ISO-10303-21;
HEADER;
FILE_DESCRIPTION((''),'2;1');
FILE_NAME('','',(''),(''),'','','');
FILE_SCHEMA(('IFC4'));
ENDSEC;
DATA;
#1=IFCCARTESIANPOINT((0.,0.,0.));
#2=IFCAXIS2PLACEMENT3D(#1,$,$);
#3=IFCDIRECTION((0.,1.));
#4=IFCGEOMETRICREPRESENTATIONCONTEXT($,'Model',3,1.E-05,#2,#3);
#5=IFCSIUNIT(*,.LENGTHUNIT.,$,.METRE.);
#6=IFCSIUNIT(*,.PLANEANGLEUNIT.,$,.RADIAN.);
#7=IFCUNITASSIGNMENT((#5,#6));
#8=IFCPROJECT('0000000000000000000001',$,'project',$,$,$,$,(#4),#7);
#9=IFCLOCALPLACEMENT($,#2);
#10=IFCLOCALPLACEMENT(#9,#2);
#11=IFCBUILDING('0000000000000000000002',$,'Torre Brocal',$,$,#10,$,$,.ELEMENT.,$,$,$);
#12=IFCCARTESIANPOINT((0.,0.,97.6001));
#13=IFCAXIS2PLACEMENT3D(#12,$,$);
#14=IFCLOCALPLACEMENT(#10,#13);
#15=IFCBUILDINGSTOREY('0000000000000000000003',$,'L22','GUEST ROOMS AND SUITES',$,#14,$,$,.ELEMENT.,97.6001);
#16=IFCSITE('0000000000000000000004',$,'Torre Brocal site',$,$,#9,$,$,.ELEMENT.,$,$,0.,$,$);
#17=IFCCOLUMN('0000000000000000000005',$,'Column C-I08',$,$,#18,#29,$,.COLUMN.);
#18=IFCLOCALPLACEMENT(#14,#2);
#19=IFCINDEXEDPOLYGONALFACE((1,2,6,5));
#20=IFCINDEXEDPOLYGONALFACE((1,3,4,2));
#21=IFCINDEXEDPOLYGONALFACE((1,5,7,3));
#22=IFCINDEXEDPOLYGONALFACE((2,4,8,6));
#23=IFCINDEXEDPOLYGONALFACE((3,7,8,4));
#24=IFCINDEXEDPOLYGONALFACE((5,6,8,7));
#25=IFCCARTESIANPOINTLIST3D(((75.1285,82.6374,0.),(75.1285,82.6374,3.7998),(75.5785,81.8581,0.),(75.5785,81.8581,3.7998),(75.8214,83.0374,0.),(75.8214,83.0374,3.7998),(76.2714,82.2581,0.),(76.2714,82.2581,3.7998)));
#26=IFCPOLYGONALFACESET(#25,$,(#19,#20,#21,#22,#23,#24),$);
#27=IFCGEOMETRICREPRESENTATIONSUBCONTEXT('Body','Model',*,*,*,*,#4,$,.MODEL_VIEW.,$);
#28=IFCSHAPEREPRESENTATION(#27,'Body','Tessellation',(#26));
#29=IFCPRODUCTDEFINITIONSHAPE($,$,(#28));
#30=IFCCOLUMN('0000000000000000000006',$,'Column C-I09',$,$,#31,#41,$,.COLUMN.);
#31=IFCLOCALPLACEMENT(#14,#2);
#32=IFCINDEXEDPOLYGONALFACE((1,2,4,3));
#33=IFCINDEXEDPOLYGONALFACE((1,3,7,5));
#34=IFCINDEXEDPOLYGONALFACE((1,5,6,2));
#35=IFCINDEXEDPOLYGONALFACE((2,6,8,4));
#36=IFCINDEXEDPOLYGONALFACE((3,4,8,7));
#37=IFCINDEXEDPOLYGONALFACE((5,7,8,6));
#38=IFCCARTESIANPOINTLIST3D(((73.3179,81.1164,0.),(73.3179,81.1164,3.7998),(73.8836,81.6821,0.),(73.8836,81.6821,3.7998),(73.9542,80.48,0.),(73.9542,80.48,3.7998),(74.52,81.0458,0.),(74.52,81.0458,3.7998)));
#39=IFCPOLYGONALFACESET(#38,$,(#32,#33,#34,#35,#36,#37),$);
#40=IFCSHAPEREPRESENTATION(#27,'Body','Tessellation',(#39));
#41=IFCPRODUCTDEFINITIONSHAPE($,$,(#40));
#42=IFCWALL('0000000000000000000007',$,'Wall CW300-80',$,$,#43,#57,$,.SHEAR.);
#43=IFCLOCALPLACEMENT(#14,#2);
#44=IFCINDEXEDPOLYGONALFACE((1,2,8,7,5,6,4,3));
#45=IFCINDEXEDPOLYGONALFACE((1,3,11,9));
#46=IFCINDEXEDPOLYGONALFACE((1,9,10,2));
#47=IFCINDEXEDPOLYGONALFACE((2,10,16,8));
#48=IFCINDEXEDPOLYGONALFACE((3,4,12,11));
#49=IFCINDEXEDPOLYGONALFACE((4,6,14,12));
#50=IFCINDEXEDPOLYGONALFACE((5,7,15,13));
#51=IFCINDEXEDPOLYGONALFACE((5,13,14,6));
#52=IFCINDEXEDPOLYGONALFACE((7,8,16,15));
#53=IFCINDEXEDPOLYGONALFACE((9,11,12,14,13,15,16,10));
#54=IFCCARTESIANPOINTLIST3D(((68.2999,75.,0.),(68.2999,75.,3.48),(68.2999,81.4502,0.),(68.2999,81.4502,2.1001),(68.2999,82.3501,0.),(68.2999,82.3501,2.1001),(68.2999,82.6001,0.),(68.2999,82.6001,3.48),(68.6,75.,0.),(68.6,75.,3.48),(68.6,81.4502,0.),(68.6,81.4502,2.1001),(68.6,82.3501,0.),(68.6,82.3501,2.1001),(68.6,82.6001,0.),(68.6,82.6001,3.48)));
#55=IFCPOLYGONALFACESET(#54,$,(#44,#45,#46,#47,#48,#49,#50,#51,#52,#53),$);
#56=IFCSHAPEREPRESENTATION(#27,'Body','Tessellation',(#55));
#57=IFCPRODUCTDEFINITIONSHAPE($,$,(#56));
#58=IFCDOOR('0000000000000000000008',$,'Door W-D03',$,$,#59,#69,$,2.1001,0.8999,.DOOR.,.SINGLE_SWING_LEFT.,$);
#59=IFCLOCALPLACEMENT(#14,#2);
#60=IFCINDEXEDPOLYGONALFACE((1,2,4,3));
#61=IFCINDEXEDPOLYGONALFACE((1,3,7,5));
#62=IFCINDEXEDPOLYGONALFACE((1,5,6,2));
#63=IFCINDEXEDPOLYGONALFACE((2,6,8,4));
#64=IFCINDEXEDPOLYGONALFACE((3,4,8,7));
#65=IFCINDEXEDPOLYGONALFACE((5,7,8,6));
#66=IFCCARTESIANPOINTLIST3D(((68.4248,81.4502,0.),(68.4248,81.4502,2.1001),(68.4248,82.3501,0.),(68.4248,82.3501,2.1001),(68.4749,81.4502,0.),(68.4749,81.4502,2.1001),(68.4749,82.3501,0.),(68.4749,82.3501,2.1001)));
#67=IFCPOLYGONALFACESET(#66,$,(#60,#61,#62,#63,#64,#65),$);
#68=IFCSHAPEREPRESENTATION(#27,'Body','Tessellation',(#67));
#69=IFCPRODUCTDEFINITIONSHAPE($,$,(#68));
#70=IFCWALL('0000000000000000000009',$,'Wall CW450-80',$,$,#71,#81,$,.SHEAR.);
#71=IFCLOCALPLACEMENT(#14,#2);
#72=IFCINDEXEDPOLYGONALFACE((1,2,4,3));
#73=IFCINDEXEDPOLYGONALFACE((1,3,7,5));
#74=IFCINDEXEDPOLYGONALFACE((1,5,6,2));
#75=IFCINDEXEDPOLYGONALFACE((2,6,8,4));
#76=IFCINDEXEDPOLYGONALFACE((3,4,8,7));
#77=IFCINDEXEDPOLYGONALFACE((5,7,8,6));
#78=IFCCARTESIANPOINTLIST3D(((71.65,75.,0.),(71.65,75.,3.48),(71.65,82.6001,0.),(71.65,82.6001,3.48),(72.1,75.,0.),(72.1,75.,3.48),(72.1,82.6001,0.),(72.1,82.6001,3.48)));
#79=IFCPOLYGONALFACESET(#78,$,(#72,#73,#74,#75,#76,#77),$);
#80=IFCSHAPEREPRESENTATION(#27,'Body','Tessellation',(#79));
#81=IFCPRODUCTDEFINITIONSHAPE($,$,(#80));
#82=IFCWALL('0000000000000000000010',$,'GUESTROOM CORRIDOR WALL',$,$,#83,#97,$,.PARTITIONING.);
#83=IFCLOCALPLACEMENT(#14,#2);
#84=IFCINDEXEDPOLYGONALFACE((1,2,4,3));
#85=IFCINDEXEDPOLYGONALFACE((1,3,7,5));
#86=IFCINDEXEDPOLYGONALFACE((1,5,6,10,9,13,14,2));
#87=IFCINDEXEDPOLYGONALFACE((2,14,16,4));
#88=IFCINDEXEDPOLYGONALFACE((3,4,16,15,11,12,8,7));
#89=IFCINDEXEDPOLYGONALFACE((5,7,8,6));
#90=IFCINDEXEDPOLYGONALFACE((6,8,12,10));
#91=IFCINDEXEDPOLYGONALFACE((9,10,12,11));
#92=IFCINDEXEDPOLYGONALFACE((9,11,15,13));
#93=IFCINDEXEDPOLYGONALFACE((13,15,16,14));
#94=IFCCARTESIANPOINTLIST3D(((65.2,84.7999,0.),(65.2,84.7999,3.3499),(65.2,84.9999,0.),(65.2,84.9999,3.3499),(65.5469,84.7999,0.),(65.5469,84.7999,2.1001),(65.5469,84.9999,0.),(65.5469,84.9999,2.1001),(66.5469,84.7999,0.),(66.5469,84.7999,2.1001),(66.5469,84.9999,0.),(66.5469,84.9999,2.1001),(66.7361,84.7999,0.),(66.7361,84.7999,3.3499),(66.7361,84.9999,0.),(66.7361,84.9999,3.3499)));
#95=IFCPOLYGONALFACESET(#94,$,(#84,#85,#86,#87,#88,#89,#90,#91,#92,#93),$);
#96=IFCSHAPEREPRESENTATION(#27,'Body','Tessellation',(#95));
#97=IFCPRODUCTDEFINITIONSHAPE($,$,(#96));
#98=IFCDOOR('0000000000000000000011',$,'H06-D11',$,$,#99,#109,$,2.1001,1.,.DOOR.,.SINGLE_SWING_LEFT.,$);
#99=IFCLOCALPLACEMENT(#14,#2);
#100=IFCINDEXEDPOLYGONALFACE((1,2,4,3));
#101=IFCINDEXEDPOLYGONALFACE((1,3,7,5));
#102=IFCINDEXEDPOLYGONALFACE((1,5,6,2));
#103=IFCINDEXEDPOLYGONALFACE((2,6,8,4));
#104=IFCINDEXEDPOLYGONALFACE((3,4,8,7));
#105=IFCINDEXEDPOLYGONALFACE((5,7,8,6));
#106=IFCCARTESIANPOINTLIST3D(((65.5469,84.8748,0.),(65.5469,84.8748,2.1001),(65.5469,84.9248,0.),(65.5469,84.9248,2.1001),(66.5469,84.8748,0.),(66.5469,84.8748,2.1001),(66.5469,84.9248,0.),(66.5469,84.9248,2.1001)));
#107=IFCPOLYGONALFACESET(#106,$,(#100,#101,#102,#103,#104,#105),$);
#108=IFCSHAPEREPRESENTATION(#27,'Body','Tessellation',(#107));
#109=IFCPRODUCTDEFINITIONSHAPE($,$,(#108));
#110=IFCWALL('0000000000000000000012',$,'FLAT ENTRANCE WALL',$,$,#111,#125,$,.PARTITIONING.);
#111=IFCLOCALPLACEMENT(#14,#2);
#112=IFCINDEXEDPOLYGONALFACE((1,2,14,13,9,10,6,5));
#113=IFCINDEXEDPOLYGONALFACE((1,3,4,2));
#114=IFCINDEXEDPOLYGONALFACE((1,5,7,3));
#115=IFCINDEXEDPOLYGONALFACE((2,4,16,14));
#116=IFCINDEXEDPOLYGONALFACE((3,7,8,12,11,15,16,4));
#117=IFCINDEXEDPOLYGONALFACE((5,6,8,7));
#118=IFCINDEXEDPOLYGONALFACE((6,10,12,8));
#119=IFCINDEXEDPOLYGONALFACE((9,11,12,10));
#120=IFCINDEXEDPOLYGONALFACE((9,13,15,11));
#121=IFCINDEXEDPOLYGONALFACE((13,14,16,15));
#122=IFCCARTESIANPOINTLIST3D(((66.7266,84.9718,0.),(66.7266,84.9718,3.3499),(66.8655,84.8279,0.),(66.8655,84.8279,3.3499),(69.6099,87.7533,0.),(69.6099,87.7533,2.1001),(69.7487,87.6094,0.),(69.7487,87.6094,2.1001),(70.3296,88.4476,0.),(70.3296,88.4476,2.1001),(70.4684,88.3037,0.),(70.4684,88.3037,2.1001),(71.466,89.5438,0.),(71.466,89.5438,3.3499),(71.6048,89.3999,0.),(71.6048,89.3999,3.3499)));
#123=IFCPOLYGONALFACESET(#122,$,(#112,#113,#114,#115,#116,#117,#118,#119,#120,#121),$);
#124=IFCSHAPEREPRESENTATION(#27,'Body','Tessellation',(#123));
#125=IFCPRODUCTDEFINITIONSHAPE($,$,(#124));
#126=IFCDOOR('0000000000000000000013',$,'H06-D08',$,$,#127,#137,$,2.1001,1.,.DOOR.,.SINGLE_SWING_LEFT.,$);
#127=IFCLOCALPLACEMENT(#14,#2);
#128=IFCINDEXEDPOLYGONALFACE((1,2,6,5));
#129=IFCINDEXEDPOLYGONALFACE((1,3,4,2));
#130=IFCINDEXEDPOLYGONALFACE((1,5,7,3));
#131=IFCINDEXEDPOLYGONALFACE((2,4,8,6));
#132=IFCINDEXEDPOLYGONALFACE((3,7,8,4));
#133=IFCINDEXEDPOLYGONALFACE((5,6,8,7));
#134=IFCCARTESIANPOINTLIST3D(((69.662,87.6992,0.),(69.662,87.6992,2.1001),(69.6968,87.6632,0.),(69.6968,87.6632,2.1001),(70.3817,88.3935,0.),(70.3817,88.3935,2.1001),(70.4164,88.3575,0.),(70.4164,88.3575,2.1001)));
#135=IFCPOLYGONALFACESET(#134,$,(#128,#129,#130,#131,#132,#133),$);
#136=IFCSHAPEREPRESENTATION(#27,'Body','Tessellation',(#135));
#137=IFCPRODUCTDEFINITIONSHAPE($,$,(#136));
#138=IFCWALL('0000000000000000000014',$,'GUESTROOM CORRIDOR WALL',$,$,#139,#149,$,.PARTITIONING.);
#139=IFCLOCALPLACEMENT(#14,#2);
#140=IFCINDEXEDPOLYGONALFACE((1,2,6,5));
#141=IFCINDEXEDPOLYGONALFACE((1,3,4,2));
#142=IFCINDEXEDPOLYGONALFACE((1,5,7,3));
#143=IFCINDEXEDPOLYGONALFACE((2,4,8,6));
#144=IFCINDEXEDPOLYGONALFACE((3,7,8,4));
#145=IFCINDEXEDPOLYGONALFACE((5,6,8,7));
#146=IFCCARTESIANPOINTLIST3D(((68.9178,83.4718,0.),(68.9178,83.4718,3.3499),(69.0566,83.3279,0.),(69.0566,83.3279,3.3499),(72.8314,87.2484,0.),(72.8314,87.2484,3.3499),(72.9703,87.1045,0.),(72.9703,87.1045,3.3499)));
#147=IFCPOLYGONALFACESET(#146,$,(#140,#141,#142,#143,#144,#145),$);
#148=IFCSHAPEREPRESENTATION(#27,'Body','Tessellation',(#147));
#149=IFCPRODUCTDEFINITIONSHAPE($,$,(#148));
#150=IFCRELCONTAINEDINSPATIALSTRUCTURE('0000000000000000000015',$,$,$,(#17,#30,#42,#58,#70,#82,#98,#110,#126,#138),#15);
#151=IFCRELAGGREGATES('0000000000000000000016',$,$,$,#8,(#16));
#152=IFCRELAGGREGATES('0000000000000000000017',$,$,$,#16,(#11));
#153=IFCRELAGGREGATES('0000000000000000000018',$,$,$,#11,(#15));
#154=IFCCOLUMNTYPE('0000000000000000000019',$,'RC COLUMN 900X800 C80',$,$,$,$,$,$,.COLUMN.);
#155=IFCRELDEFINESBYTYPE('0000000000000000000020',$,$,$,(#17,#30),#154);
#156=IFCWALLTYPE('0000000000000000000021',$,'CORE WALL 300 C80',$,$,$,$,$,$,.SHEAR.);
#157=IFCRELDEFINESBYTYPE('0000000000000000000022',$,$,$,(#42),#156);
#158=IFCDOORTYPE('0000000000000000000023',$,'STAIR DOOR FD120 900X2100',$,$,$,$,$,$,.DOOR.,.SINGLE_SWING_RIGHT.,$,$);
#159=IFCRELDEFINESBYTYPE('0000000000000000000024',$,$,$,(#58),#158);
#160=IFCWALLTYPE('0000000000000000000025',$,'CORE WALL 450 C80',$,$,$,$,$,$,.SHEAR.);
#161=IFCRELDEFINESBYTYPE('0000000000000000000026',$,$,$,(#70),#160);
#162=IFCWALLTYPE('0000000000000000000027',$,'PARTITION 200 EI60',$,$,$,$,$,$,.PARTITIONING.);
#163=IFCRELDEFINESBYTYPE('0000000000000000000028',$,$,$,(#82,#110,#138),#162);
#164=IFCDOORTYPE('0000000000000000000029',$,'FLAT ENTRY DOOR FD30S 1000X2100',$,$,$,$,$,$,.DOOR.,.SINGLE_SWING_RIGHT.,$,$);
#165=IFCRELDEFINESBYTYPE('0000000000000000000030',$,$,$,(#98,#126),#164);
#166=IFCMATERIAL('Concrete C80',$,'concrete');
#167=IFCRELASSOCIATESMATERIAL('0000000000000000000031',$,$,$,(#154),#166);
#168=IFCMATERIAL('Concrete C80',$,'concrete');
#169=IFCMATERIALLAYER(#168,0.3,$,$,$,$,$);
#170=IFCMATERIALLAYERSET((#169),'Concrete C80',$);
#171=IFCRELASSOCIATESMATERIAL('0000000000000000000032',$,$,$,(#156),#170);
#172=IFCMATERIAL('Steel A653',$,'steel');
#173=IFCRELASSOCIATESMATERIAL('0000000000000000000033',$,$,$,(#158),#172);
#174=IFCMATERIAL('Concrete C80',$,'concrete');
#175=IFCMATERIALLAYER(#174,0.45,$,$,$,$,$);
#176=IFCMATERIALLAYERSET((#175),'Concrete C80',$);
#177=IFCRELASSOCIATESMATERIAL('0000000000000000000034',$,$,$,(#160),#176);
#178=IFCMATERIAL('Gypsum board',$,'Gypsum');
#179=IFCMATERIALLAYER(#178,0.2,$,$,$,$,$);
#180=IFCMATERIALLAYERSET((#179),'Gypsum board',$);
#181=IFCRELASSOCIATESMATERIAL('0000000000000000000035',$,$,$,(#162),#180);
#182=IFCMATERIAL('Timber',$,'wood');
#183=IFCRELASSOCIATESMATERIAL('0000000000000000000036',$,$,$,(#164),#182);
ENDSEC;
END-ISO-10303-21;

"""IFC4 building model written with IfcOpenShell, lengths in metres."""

from ifc_helpers import new_model, si_unit, direction, frame, frame_2d, origin, origin_2d, place, context, subcontext, project, spatial, rectangle, extrude, material, layer, layer_set, material_profile, profile_set, type_object, element, fill, save


model = new_model("IFC4")

# Units and contexts
model_context = context("Model", 3, precision=1e-05, world=origin(), true_north=direction((0.0, 1.0)))
body_context = subcontext(model_context, "Body", "Model", "MODEL_VIEW")
ifc_project = project(units=[si_unit("LENGTHUNIT", "METRE"), si_unit("PLANEANGLEUNIT", "RADIAN")], contexts=[model_context])

# Site, building, storey
site_placement = place(None, origin())
site = spatial("IfcSite", under=ifc_project, at=site_placement, Name="Torre Brocal site", CompositionType="ELEMENT", RefElevation=0.0)
building_placement = place(site_placement, origin())
building = spatial("IfcBuilding", under=site, at=building_placement, Name="Torre Brocal", CompositionType="ELEMENT")
storey_placement = place(building_placement, frame((0.0, 0.0, 97.6001)))
storey = spatial("IfcBuildingStorey", under=building, at=storey_placement, Name="L22", Description="GUEST ROOMS AND SUITES", CompositionType="ELEMENT", Elevation=97.6001)

# Columns
ifc_material_1 = material(Name="Concrete C80", Category="concrete")
ifc_material_profile = material_profile(ifc_material_1, rectangle(XDim=0.8999, YDim=0.8, at=origin_2d()), Name="RC 900X800")
ifc_profile_set = profile_set([ifc_material_profile], Name="Concrete C80")
column_type = type_object("IfcColumnType", Name="RC COLUMN 900X800 C80", PredefinedType="COLUMN", material=ifc_profile_set)
for number, where, z_axis, x_axis, name in (
    (1, (75.7, 82.4478, 0.0), (0.0, 0.0, 1.0), (-0.5, 0.866025, 0.0), "Column C-I08"),
    (2, (73.9189, 81.0811, 0.0), (0.0, 0.0, 1.0), (-0.707107, 0.707107, 0.0), "Column C-I09"),
):
    element("IfcColumn", number, at=place(storey_placement, frame(where, z_axis=z_axis, x_axis=x_axis)), inside=storey, type_object=column_type, Name=name, PredefinedType="COLUMN", context=body_context, shape_type="SweptSolid", body=[
        extrude(rectangle(XDim=0.8999, YDim=0.8, at=origin_2d()), origin(), (0.0, 0.0, 1.0), 3.7998),
    ])

# Wall, opening, door
ifc_material_2 = material(Name="Concrete C80", Category="concrete")
ifc_layer_1 = layer(ifc_material_2, 0.3)
ifc_layer_set_1 = layer_set([ifc_layer_1], Name="Concrete C80")
wall_type_1 = type_object("IfcWallType", Name="CORE WALL 300 C80", PredefinedType="SHEAR", material=ifc_layer_set_1)
wall_1_placement = place(storey_placement, frame((68.45, 82.6001, 0.0), z_axis=(0.0, 0.0, 1.0), x_axis=(0.0, -1.0, 0.0)))
wall_1 = element("IfcWall", 3, at=wall_1_placement, inside=storey, type_object=wall_type_1, Name="Wall CW300-80", PredefinedType="SHEAR", context=body_context, shape_type="SweptSolid", body=[
    extrude(rectangle(XDim=7.6001, YDim=0.3, at=frame_2d((3.8, 0.0))), origin(), (0.0, 0.0, 1.0), 3.48),
])
opening_1_placement = place(wall_1_placement, frame((0.25, 0.0, 0.0)))
opening_1 = element("IfcOpeningElement", 4, at=opening_1_placement, cuts=wall_1, PredefinedType="OPENING", context=body_context, shape_type="SweptSolid", body=[
    extrude(rectangle(XDim=0.8999, YDim=2.1001, at=frame_2d((0.45, 1.05))), frame((0.0, 0.1599, 0.0), z_axis=(0.0, -1.0, 0.0), x_axis=(1.0, 0.0, 0.0)), (0.0, 0.0, 1.0), 0.3201),
])
ifc_material_3 = material(Name="Steel A653", Category="steel")
door_type_1 = type_object("IfcDoorType", Name="STAIR DOOR FD120 900X2100", OperationType="SINGLE_SWING_RIGHT", PredefinedType="DOOR", material=ifc_material_3)
door_1_placement = place(opening_1_placement, origin())
door_1 = element("IfcDoor", 5, at=door_1_placement, inside=storey, type_object=door_type_1, Name="Door W-D03", OperationType="SINGLE_SWING_LEFT", OverallHeight=2.1001, OverallWidth=0.8999, PredefinedType="DOOR", context=body_context, shape_type="SweptSolid", body=[
    extrude(rectangle(XDim=0.8999, YDim=2.1001, at=frame_2d((0.45, 1.05))), frame((0.0, 0.0249, 0.0), z_axis=(0.0, -1.0, 0.0), x_axis=(1.0, 0.0, 0.0)), (0.0, 0.0, 1.0), 0.05),
])
fill(opening_1, door_1)

# Wall
ifc_material_4 = material(Name="Concrete C80", Category="concrete")
ifc_layer_2 = layer(ifc_material_4, 0.45)
ifc_layer_set_2 = layer_set([ifc_layer_2], Name="Concrete C80")
wall_type_2 = type_object("IfcWallType", Name="CORE WALL 450 C80", PredefinedType="SHEAR", material=ifc_layer_set_2)
wall_2_placement = place(storey_placement, frame((71.875, 82.6001, 0.0), z_axis=(0.0, 0.0, 1.0), x_axis=(0.0, -1.0, 0.0)))
element("IfcWall", 6, at=wall_2_placement, inside=storey, type_object=wall_type_2, Name="Wall CW450-80", PredefinedType="SHEAR", context=body_context, shape_type="SweptSolid", body=[
    extrude(rectangle(XDim=7.6001, YDim=0.45, at=frame_2d((3.8, 0.0))), origin(), (0.0, 0.0, 1.0), 3.48),
])

# Walls, openings, doors
ifc_material_5 = material(Name="Gypsum board", Category="Gypsum")
ifc_layer_3 = layer(ifc_material_5, 0.2)
ifc_layer_set_3 = layer_set([ifc_layer_3], Name="Gypsum board")
wall_type_3 = type_object("IfcWallType", Name="PARTITION 200 EI60", PredefinedType="PARTITIONING", material=ifc_layer_set_3)
wall_3_placement = place(storey_placement, frame((65.2, 84.8999, 0.0), z_axis=(0.0, 0.0, 1.0), x_axis=(1.0, 0.0, 0.0)))
wall_3 = element("IfcWall", 7, at=wall_3_placement, inside=storey, type_object=wall_type_3, Name="GUESTROOM CORRIDOR WALL", PredefinedType="PARTITIONING", context=body_context, shape_type="SweptSolid", body=[
    extrude(rectangle(XDim=1.5361, YDim=0.2, at=frame_2d((0.7681, 0.0))), origin(), (0.0, 0.0, 1.0), 3.3499),
])
opening_2_placement = place(wall_3_placement, frame((0.3469, 0.0, 0.0)))
opening_2 = element("IfcOpeningElement", 8, at=opening_2_placement, cuts=wall_3, PredefinedType="OPENING", context=body_context, shape_type="SweptSolid", body=[
    extrude(rectangle(XDim=1.0, YDim=2.1001, at=frame_2d((0.5, 1.05))), frame((0.0, 0.1099, 0.0), z_axis=(0.0, -1.0, 0.0), x_axis=(1.0, 0.0, 0.0)), (0.0, 0.0, 1.0), 0.22),
])
ifc_material_6 = material(Name="Timber", Category="wood")
door_type_2 = type_object("IfcDoorType", Name="FLAT ENTRY DOOR FD30S 1000X2100", OperationType="SINGLE_SWING_RIGHT", PredefinedType="DOOR", material=ifc_material_6)
door_2_placement = place(opening_2_placement, origin())
door_2 = element("IfcDoor", 9, at=door_2_placement, inside=storey, type_object=door_type_2, Name="H06-D11", OperationType="SINGLE_SWING_LEFT", OverallHeight=2.1001, OverallWidth=1.0, PredefinedType="DOOR", context=body_context, shape_type="SweptSolid", body=[
    extrude(rectangle(XDim=1.0, YDim=2.1001, at=frame_2d((0.5, 1.05))), frame((0.0, 0.0249, 0.0), z_axis=(0.0, -1.0, 0.0), x_axis=(1.0, 0.0, 0.0)), (0.0, 0.0, 1.0), 0.05),
])
fill(opening_2, door_2)
wall_4_placement = place(storey_placement, frame((66.7961, 84.8999, 0.0), z_axis=(0.0, 0.0, 1.0), x_axis=(0.719691, 0.694295, 0.0)))
wall_4 = element("IfcWall", 10, at=wall_4_placement, inside=storey, type_object=wall_type_3, Name="FLAT ENTRANCE WALL", PredefinedType="PARTITIONING", context=body_context, shape_type="SweptSolid", body=[
    extrude(rectangle(XDim=6.5852, YDim=0.2, at=frame_2d((3.2925, 0.0))), origin(), (0.0, 0.0, 1.0), 3.3499),
])
opening_3_placement = place(wall_4_placement, frame((4.0061, 0.0, 0.0)))
opening_3 = element("IfcOpeningElement", 11, at=opening_3_placement, cuts=wall_4, PredefinedType="OPENING", context=body_context, shape_type="SweptSolid", body=[
    extrude(rectangle(XDim=1.0, YDim=2.1001, at=frame_2d((0.5, 1.05))), frame((0.0, 0.1099, 0.0), z_axis=(0.0, -1.0, 0.0), x_axis=(1.0, 0.0, 0.0)), (0.0, 0.0, 1.0), 0.22),
])
door_3_placement = place(opening_3_placement, origin())
door_3 = element("IfcDoor", 12, at=door_3_placement, inside=storey, type_object=door_type_2, Name="H06-D08", OperationType="SINGLE_SWING_LEFT", OverallHeight=2.1001, OverallWidth=1.0, PredefinedType="DOOR", context=body_context, shape_type="SweptSolid", body=[
    extrude(rectangle(XDim=1.0, YDim=2.1001, at=frame_2d((0.5, 1.05))), frame((0.0, 0.0249, 0.0), z_axis=(0.0, -1.0, 0.0), x_axis=(1.0, 0.0, 0.0)), (0.0, 0.0, 1.0), 0.05),
])
fill(opening_3, door_3)

# Wall
wall_5_placement = place(storey_placement, frame((68.9873, 83.3999, 0.0), z_axis=(0.0, 0.0, 1.0), x_axis=(0.719586, 0.694403, 0.0)))
element("IfcWall", 13, at=wall_5_placement, inside=storey, type_object=wall_type_3, Name="GUESTROOM CORRIDOR WALL", PredefinedType="PARTITIONING", context=body_context, shape_type="SweptSolid", body=[
    extrude(rectangle(XDim=5.4387, YDim=0.2, at=frame_2d((2.7192, 0.0))), origin(), (0.0, 0.0, 1.0), 3.3499),
])

save(model, "model.ifc")
